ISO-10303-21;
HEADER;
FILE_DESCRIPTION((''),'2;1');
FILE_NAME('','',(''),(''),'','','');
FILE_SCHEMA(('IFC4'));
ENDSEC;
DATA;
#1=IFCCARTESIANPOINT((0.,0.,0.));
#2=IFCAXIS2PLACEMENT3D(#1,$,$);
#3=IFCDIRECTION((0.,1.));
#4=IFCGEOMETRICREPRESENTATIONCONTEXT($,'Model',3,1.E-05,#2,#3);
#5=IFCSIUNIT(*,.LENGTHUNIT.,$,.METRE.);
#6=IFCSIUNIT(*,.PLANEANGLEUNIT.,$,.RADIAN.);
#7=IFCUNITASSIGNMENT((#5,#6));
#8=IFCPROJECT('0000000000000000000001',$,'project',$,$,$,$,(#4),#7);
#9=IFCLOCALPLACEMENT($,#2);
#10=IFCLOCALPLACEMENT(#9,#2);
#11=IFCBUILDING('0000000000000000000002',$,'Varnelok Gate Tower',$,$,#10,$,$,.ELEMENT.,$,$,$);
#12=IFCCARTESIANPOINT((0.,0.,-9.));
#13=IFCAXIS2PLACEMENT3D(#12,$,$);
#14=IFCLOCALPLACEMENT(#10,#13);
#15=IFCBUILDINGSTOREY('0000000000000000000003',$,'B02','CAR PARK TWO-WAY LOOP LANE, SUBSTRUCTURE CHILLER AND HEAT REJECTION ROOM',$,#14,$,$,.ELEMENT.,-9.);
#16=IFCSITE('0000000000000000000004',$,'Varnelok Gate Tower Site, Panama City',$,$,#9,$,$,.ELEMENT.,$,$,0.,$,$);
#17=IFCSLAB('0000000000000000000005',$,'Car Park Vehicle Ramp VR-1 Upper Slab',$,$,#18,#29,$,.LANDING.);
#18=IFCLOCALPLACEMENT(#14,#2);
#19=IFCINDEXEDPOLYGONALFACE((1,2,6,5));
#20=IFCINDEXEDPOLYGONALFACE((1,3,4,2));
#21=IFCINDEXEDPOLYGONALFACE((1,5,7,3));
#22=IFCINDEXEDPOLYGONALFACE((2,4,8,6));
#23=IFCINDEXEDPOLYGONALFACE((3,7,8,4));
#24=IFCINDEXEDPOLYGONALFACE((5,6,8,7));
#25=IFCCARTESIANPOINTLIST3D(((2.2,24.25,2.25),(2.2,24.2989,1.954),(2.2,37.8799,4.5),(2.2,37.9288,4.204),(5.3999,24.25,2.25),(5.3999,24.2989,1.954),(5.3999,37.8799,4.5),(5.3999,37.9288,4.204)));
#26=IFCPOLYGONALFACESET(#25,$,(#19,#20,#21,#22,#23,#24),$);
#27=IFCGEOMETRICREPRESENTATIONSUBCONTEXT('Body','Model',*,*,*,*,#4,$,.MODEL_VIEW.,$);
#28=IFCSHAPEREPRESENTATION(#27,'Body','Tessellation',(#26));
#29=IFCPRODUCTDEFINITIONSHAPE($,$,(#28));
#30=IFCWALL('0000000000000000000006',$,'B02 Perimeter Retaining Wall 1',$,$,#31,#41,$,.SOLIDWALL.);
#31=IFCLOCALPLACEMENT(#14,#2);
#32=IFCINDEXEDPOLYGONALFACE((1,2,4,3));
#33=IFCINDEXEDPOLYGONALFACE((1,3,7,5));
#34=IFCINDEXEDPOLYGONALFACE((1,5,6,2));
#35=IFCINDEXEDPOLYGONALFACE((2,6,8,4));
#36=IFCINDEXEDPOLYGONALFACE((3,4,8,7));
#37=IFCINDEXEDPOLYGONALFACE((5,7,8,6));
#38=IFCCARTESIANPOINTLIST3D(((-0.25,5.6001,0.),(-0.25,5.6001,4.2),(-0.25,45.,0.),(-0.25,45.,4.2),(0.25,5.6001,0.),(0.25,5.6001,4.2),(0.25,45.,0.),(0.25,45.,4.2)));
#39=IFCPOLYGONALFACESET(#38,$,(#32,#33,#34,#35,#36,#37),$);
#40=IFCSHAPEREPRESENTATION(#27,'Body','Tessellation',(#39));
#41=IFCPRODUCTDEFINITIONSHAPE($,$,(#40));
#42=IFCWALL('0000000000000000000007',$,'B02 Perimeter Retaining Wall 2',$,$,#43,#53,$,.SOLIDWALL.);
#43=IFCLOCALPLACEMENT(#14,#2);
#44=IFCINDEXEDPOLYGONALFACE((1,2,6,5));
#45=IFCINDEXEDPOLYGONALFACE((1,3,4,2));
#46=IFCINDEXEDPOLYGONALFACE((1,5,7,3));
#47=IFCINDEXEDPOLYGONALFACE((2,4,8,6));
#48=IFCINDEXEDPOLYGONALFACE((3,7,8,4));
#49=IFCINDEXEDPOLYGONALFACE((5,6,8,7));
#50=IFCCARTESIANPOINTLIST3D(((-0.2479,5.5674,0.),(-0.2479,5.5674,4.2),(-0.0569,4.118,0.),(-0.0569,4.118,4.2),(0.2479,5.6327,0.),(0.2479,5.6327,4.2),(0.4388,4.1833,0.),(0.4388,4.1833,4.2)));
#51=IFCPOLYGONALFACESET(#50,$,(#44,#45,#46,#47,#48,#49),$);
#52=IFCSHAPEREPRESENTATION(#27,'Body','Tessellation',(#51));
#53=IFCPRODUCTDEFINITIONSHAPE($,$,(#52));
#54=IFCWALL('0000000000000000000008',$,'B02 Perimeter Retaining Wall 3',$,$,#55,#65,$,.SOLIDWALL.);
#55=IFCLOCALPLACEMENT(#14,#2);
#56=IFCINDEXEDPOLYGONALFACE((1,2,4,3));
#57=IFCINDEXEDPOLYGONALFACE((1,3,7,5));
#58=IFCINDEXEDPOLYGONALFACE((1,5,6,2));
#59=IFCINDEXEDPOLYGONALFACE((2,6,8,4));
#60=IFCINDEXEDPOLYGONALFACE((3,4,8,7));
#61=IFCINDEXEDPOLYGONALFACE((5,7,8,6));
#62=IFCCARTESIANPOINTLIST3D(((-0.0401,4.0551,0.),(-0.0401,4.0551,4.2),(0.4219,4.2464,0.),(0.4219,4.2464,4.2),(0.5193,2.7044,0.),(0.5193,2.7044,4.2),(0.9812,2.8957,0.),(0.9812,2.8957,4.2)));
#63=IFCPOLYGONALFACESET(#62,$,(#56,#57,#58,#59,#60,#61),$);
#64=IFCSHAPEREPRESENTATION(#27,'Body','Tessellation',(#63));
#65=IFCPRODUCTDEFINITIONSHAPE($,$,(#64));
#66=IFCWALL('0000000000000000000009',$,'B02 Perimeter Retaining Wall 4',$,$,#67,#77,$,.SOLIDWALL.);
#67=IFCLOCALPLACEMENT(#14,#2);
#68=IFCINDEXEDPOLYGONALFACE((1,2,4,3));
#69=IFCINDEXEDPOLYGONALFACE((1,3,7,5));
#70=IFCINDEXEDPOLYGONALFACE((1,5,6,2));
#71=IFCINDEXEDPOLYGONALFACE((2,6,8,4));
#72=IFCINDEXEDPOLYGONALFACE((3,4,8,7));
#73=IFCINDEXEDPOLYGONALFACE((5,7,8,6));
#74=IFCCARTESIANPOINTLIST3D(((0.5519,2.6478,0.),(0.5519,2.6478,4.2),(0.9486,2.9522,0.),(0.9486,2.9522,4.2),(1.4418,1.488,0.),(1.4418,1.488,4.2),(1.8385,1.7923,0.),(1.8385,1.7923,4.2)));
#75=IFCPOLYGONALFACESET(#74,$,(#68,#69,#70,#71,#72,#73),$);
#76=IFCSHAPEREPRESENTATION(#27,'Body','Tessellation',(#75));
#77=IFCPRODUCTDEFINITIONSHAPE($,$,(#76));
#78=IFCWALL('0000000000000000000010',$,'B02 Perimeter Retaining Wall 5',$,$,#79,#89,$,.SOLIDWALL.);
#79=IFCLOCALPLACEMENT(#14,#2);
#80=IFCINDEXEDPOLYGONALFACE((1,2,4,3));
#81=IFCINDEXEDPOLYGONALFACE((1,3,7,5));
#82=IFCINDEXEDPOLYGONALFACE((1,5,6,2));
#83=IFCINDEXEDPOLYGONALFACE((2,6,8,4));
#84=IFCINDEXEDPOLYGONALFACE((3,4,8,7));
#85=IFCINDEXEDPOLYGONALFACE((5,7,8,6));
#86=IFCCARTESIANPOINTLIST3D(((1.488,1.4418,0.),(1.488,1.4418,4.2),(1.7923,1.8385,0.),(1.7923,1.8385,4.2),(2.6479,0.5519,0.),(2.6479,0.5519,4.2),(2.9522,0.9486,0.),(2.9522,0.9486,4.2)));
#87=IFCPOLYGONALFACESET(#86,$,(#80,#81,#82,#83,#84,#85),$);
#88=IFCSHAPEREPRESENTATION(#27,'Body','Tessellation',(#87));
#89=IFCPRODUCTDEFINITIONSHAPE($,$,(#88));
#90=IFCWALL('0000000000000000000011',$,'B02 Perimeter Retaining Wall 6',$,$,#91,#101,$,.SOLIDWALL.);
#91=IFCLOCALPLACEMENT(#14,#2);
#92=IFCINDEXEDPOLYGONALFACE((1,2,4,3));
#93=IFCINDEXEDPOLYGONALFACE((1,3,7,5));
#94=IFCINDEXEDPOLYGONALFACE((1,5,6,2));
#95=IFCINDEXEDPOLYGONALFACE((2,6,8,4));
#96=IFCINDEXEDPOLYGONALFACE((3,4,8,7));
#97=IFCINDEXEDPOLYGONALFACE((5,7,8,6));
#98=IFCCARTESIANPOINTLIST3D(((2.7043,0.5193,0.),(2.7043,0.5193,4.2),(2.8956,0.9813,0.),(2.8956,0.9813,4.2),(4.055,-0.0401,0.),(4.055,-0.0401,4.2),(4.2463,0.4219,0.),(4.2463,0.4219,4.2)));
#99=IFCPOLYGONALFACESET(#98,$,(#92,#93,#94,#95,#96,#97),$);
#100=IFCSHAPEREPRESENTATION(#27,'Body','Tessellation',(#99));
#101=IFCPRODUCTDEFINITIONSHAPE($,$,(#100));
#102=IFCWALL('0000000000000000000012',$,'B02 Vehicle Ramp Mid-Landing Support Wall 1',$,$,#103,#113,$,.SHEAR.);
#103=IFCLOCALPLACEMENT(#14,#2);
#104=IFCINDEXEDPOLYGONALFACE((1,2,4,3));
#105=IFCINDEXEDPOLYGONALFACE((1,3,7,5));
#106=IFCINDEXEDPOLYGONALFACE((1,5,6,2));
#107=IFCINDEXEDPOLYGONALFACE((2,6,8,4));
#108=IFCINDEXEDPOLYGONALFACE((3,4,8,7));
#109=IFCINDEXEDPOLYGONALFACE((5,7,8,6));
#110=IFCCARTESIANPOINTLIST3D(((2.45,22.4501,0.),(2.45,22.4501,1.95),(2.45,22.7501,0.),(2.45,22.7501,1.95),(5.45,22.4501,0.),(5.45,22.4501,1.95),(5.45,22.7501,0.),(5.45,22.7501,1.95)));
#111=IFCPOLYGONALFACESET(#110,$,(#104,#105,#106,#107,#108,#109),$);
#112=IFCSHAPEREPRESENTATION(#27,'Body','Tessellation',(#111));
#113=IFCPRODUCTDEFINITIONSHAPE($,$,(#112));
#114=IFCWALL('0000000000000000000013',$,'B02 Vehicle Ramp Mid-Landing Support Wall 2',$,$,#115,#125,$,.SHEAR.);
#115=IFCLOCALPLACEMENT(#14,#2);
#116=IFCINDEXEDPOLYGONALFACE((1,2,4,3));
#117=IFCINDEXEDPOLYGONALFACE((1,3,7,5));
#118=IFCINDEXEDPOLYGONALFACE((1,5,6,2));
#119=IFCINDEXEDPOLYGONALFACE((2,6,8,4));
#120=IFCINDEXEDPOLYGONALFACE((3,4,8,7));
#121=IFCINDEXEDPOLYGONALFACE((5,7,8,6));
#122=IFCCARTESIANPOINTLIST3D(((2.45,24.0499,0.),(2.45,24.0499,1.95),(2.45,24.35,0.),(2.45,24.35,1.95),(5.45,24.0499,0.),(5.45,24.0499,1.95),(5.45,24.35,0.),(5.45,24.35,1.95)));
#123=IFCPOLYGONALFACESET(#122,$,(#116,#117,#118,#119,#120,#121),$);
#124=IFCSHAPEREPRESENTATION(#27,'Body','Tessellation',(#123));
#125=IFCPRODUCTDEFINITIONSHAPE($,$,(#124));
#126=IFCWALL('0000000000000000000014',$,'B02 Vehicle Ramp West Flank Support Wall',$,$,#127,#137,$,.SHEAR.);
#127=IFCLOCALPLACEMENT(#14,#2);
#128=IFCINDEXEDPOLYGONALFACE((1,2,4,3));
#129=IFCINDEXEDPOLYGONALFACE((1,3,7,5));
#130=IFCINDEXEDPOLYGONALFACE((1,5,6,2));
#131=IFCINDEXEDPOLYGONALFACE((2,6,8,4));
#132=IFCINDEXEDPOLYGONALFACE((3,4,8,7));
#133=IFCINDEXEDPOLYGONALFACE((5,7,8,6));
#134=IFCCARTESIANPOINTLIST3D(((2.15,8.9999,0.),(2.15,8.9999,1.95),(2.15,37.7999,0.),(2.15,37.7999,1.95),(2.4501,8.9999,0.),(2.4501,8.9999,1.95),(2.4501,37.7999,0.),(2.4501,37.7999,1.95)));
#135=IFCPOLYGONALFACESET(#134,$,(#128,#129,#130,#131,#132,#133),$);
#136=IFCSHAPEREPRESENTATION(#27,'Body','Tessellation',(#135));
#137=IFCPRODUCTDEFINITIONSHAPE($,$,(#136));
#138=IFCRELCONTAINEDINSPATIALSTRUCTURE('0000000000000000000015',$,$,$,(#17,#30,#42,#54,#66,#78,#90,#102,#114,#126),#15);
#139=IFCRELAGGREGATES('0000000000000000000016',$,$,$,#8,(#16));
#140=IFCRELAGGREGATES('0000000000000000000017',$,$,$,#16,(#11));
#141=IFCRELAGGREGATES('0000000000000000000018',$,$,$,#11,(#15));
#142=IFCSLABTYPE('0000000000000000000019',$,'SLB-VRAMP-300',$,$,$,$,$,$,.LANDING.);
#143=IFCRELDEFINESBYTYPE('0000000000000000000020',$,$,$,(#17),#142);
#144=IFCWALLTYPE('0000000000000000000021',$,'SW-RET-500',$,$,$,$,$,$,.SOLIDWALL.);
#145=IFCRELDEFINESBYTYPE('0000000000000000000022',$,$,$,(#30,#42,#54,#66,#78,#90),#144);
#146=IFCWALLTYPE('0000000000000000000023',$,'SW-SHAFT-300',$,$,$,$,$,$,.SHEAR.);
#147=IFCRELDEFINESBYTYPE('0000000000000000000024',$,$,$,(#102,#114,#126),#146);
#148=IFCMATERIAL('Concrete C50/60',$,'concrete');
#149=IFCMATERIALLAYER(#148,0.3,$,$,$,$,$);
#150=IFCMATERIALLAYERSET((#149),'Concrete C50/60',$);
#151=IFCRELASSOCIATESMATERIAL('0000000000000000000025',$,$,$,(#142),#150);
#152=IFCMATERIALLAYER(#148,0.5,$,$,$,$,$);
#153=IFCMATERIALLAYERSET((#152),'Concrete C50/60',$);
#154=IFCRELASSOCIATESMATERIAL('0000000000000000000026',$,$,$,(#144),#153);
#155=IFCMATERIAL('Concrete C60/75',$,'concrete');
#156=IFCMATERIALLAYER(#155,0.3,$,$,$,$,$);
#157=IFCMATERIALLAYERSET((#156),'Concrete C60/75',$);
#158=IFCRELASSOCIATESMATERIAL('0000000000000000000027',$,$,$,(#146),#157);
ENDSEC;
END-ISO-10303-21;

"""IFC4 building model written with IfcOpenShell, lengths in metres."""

from ifc_helpers import new_model, si_unit, direction, frame, frame_2d, origin, place, context, subcontext, project, spatial, polyline, rectangle, outline, extrude, material, layer, layer_set, type_object, element, save


model = new_model("IFC4")

# Units and contexts
model_context = context("Model", 3, precision=1e-05, world=origin(), true_north=direction((0.0, 1.0)))
body_context = subcontext(model_context, "Body", "Model", "MODEL_VIEW")
ifc_project = project(units=[si_unit("LENGTHUNIT", "METRE"), si_unit("PLANEANGLEUNIT", "RADIAN")], contexts=[model_context])

# Site, building, storey
site_placement = place(None, origin())
site = spatial("IfcSite", under=ifc_project, at=site_placement, Name="Varnelok Gate Tower Site, Panama City", CompositionType="ELEMENT", RefElevation=0.0)
building_placement = place(site_placement, origin())
building = spatial("IfcBuilding", under=site, at=building_placement, Name="Varnelok Gate Tower", CompositionType="ELEMENT")
storey_placement = place(building_placement, frame((0.0, 0.0, -9.0)))
storey = spatial("IfcBuildingStorey", under=building, at=storey_placement, Name="B02", Description="CAR PARK TWO-WAY LOOP LANE, SUBSTRUCTURE CHILLER AND HEAT REJECTION ROOM", CompositionType="ELEMENT", Elevation=-9.0)

# Shared definitions
ifc_material_1 = material(Name="Concrete C50/60", Category="concrete")

# Shared definitions
ifc_material_2 = material(Name="Concrete C60/75", Category="concrete")

# Slab
ifc_layer_1 = layer(ifc_material_1, 0.3)
ifc_layer_set_1 = layer_set([ifc_layer_1], Name="Concrete C50/60")
slab_type_1 = type_object("IfcSlabType", Name="SLB-VRAMP-300", PredefinedType="LANDING", material=ifc_layer_set_1)
slab_1_placement = place(storey_placement, frame((2.2, 24.25, 2.25), z_axis=(0.0, -0.162874, 0.986647), x_axis=(1.0, 0.0, 0.0)))
element("IfcSlab", 1, at=slab_1_placement, inside=storey, type_object=slab_type_1, Name="Car Park Vehicle Ramp VR-1 Upper Slab", PredefinedType="LANDING", context=body_context, shape_type="SweptSolid", body=[
    extrude(outline(polyline([(0.0, 0.0), (3.2, 0.0), (3.2, 13.8143), (0.0, 13.8143), (0.0, 0.0)])), origin(), (0.0, 0.0, -1.0), 0.3),
])

# Walls
ifc_layer_2 = layer(ifc_material_1, 0.5)
ifc_layer_set_2 = layer_set([ifc_layer_2], Name="Concrete C50/60")
wall_type_1 = type_object("IfcWallType", Name="SW-RET-500", PredefinedType="SOLIDWALL", material=ifc_layer_set_2)
wall_1_placement = place(storey_placement, frame((0.0, 5.6001, 0.0), z_axis=(0.0, 0.0, 1.0), x_axis=(0.0, 1.0, 0.0)))
element("IfcWall", 2, at=wall_1_placement, inside=storey, type_object=wall_type_1, Name="B02 Perimeter Retaining Wall 1", PredefinedType="SOLIDWALL", context=body_context, shape_type="SweptSolid", body=[
    extrude(rectangle(XDim=39.3999, YDim=0.5, at=frame_2d((19.7, 0.0))), origin(), (0.0, 0.0, 1.0), 4.2),
])
for number, where, z_axis, x_axis, name in (
    (3, (0.1909, 4.1506, 0.0), (0.0, 0.0, 1.0), (-0.130588, 0.991437, 0.0), "B02 Perimeter Retaining Wall 2"),
    (4, (0.7502, 2.8, 0.0), (0.0, 0.0, 1.0), (-0.382622, 0.923905, 0.0), "B02 Perimeter Retaining Wall 3"),
    (5, (1.6401, 1.6401, 0.0), (0.0, 0.0, 1.0), (-0.608701, 0.793399, 0.0), "B02 Perimeter Retaining Wall 4"),
    (6, (2.8, 0.7502, 0.0), (0.0, 0.0, 1.0), (-0.793399, 0.608701, 0.0), "B02 Perimeter Retaining Wall 5"),
    (7, (4.1506, 0.1909, 0.0), (0.0, 0.0, 1.0), (-0.923905, 0.382622, 0.0), "B02 Perimeter Retaining Wall 6"),
):
    element("IfcWall", number, at=place(storey_placement, frame(where, z_axis=z_axis, x_axis=x_axis)), inside=storey, type_object=wall_type_1, Name=name, PredefinedType="SOLIDWALL", context=body_context, shape_type="SweptSolid", body=[
        extrude(rectangle(XDim=1.4619, YDim=0.5, at=frame_2d((0.731, 0.0))), origin(), (0.0, 0.0, 1.0), 4.2),
    ])
ifc_layer_3 = layer(ifc_material_2, 0.3)
ifc_layer_set_3 = layer_set([ifc_layer_3], Name="Concrete C60/75")
wall_type_2 = type_object("IfcWallType", Name="SW-SHAFT-300", PredefinedType="SHEAR", material=ifc_layer_set_3)
for number, where, z_axis, x_axis, name in (
    (8, (2.45, 22.6001, 0.0), (0.0, 0.0, 1.0), (1.0, 0.0, 0.0), "B02 Vehicle Ramp Mid-Landing Support Wall 1"),
    (9, (2.45, 24.2, 0.0), (0.0, 0.0, 1.0), (1.0, 0.0, 0.0), "B02 Vehicle Ramp Mid-Landing Support Wall 2"),
):
    element("IfcWall", number, at=place(storey_placement, frame(where, z_axis=z_axis, x_axis=x_axis)), inside=storey, type_object=wall_type_2, Name=name, PredefinedType="SHEAR", context=body_context, shape_type="SweptSolid", body=[
        extrude(rectangle(XDim=3.0, YDim=0.3, at=frame_2d((1.5, 0.0))), origin(), (0.0, 0.0, 1.0), 1.95),
    ])
wall_2_placement = place(storey_placement, frame((2.3, 9.0, 0.0), z_axis=(0.0, 0.0, 1.0), x_axis=(0.0, 1.0, 0.0)))
element("IfcWall", 10, at=wall_2_placement, inside=storey, type_object=wall_type_2, Name="B02 Vehicle Ramp West Flank Support Wall", PredefinedType="SHEAR", context=body_context, shape_type="SweptSolid", body=[
    extrude(rectangle(XDim=28.8, YDim=0.3, at=frame_2d((14.3999, 0.0))), origin(), (0.0, 0.0, 1.0), 1.95),
])

save(model, "model.ifc")
